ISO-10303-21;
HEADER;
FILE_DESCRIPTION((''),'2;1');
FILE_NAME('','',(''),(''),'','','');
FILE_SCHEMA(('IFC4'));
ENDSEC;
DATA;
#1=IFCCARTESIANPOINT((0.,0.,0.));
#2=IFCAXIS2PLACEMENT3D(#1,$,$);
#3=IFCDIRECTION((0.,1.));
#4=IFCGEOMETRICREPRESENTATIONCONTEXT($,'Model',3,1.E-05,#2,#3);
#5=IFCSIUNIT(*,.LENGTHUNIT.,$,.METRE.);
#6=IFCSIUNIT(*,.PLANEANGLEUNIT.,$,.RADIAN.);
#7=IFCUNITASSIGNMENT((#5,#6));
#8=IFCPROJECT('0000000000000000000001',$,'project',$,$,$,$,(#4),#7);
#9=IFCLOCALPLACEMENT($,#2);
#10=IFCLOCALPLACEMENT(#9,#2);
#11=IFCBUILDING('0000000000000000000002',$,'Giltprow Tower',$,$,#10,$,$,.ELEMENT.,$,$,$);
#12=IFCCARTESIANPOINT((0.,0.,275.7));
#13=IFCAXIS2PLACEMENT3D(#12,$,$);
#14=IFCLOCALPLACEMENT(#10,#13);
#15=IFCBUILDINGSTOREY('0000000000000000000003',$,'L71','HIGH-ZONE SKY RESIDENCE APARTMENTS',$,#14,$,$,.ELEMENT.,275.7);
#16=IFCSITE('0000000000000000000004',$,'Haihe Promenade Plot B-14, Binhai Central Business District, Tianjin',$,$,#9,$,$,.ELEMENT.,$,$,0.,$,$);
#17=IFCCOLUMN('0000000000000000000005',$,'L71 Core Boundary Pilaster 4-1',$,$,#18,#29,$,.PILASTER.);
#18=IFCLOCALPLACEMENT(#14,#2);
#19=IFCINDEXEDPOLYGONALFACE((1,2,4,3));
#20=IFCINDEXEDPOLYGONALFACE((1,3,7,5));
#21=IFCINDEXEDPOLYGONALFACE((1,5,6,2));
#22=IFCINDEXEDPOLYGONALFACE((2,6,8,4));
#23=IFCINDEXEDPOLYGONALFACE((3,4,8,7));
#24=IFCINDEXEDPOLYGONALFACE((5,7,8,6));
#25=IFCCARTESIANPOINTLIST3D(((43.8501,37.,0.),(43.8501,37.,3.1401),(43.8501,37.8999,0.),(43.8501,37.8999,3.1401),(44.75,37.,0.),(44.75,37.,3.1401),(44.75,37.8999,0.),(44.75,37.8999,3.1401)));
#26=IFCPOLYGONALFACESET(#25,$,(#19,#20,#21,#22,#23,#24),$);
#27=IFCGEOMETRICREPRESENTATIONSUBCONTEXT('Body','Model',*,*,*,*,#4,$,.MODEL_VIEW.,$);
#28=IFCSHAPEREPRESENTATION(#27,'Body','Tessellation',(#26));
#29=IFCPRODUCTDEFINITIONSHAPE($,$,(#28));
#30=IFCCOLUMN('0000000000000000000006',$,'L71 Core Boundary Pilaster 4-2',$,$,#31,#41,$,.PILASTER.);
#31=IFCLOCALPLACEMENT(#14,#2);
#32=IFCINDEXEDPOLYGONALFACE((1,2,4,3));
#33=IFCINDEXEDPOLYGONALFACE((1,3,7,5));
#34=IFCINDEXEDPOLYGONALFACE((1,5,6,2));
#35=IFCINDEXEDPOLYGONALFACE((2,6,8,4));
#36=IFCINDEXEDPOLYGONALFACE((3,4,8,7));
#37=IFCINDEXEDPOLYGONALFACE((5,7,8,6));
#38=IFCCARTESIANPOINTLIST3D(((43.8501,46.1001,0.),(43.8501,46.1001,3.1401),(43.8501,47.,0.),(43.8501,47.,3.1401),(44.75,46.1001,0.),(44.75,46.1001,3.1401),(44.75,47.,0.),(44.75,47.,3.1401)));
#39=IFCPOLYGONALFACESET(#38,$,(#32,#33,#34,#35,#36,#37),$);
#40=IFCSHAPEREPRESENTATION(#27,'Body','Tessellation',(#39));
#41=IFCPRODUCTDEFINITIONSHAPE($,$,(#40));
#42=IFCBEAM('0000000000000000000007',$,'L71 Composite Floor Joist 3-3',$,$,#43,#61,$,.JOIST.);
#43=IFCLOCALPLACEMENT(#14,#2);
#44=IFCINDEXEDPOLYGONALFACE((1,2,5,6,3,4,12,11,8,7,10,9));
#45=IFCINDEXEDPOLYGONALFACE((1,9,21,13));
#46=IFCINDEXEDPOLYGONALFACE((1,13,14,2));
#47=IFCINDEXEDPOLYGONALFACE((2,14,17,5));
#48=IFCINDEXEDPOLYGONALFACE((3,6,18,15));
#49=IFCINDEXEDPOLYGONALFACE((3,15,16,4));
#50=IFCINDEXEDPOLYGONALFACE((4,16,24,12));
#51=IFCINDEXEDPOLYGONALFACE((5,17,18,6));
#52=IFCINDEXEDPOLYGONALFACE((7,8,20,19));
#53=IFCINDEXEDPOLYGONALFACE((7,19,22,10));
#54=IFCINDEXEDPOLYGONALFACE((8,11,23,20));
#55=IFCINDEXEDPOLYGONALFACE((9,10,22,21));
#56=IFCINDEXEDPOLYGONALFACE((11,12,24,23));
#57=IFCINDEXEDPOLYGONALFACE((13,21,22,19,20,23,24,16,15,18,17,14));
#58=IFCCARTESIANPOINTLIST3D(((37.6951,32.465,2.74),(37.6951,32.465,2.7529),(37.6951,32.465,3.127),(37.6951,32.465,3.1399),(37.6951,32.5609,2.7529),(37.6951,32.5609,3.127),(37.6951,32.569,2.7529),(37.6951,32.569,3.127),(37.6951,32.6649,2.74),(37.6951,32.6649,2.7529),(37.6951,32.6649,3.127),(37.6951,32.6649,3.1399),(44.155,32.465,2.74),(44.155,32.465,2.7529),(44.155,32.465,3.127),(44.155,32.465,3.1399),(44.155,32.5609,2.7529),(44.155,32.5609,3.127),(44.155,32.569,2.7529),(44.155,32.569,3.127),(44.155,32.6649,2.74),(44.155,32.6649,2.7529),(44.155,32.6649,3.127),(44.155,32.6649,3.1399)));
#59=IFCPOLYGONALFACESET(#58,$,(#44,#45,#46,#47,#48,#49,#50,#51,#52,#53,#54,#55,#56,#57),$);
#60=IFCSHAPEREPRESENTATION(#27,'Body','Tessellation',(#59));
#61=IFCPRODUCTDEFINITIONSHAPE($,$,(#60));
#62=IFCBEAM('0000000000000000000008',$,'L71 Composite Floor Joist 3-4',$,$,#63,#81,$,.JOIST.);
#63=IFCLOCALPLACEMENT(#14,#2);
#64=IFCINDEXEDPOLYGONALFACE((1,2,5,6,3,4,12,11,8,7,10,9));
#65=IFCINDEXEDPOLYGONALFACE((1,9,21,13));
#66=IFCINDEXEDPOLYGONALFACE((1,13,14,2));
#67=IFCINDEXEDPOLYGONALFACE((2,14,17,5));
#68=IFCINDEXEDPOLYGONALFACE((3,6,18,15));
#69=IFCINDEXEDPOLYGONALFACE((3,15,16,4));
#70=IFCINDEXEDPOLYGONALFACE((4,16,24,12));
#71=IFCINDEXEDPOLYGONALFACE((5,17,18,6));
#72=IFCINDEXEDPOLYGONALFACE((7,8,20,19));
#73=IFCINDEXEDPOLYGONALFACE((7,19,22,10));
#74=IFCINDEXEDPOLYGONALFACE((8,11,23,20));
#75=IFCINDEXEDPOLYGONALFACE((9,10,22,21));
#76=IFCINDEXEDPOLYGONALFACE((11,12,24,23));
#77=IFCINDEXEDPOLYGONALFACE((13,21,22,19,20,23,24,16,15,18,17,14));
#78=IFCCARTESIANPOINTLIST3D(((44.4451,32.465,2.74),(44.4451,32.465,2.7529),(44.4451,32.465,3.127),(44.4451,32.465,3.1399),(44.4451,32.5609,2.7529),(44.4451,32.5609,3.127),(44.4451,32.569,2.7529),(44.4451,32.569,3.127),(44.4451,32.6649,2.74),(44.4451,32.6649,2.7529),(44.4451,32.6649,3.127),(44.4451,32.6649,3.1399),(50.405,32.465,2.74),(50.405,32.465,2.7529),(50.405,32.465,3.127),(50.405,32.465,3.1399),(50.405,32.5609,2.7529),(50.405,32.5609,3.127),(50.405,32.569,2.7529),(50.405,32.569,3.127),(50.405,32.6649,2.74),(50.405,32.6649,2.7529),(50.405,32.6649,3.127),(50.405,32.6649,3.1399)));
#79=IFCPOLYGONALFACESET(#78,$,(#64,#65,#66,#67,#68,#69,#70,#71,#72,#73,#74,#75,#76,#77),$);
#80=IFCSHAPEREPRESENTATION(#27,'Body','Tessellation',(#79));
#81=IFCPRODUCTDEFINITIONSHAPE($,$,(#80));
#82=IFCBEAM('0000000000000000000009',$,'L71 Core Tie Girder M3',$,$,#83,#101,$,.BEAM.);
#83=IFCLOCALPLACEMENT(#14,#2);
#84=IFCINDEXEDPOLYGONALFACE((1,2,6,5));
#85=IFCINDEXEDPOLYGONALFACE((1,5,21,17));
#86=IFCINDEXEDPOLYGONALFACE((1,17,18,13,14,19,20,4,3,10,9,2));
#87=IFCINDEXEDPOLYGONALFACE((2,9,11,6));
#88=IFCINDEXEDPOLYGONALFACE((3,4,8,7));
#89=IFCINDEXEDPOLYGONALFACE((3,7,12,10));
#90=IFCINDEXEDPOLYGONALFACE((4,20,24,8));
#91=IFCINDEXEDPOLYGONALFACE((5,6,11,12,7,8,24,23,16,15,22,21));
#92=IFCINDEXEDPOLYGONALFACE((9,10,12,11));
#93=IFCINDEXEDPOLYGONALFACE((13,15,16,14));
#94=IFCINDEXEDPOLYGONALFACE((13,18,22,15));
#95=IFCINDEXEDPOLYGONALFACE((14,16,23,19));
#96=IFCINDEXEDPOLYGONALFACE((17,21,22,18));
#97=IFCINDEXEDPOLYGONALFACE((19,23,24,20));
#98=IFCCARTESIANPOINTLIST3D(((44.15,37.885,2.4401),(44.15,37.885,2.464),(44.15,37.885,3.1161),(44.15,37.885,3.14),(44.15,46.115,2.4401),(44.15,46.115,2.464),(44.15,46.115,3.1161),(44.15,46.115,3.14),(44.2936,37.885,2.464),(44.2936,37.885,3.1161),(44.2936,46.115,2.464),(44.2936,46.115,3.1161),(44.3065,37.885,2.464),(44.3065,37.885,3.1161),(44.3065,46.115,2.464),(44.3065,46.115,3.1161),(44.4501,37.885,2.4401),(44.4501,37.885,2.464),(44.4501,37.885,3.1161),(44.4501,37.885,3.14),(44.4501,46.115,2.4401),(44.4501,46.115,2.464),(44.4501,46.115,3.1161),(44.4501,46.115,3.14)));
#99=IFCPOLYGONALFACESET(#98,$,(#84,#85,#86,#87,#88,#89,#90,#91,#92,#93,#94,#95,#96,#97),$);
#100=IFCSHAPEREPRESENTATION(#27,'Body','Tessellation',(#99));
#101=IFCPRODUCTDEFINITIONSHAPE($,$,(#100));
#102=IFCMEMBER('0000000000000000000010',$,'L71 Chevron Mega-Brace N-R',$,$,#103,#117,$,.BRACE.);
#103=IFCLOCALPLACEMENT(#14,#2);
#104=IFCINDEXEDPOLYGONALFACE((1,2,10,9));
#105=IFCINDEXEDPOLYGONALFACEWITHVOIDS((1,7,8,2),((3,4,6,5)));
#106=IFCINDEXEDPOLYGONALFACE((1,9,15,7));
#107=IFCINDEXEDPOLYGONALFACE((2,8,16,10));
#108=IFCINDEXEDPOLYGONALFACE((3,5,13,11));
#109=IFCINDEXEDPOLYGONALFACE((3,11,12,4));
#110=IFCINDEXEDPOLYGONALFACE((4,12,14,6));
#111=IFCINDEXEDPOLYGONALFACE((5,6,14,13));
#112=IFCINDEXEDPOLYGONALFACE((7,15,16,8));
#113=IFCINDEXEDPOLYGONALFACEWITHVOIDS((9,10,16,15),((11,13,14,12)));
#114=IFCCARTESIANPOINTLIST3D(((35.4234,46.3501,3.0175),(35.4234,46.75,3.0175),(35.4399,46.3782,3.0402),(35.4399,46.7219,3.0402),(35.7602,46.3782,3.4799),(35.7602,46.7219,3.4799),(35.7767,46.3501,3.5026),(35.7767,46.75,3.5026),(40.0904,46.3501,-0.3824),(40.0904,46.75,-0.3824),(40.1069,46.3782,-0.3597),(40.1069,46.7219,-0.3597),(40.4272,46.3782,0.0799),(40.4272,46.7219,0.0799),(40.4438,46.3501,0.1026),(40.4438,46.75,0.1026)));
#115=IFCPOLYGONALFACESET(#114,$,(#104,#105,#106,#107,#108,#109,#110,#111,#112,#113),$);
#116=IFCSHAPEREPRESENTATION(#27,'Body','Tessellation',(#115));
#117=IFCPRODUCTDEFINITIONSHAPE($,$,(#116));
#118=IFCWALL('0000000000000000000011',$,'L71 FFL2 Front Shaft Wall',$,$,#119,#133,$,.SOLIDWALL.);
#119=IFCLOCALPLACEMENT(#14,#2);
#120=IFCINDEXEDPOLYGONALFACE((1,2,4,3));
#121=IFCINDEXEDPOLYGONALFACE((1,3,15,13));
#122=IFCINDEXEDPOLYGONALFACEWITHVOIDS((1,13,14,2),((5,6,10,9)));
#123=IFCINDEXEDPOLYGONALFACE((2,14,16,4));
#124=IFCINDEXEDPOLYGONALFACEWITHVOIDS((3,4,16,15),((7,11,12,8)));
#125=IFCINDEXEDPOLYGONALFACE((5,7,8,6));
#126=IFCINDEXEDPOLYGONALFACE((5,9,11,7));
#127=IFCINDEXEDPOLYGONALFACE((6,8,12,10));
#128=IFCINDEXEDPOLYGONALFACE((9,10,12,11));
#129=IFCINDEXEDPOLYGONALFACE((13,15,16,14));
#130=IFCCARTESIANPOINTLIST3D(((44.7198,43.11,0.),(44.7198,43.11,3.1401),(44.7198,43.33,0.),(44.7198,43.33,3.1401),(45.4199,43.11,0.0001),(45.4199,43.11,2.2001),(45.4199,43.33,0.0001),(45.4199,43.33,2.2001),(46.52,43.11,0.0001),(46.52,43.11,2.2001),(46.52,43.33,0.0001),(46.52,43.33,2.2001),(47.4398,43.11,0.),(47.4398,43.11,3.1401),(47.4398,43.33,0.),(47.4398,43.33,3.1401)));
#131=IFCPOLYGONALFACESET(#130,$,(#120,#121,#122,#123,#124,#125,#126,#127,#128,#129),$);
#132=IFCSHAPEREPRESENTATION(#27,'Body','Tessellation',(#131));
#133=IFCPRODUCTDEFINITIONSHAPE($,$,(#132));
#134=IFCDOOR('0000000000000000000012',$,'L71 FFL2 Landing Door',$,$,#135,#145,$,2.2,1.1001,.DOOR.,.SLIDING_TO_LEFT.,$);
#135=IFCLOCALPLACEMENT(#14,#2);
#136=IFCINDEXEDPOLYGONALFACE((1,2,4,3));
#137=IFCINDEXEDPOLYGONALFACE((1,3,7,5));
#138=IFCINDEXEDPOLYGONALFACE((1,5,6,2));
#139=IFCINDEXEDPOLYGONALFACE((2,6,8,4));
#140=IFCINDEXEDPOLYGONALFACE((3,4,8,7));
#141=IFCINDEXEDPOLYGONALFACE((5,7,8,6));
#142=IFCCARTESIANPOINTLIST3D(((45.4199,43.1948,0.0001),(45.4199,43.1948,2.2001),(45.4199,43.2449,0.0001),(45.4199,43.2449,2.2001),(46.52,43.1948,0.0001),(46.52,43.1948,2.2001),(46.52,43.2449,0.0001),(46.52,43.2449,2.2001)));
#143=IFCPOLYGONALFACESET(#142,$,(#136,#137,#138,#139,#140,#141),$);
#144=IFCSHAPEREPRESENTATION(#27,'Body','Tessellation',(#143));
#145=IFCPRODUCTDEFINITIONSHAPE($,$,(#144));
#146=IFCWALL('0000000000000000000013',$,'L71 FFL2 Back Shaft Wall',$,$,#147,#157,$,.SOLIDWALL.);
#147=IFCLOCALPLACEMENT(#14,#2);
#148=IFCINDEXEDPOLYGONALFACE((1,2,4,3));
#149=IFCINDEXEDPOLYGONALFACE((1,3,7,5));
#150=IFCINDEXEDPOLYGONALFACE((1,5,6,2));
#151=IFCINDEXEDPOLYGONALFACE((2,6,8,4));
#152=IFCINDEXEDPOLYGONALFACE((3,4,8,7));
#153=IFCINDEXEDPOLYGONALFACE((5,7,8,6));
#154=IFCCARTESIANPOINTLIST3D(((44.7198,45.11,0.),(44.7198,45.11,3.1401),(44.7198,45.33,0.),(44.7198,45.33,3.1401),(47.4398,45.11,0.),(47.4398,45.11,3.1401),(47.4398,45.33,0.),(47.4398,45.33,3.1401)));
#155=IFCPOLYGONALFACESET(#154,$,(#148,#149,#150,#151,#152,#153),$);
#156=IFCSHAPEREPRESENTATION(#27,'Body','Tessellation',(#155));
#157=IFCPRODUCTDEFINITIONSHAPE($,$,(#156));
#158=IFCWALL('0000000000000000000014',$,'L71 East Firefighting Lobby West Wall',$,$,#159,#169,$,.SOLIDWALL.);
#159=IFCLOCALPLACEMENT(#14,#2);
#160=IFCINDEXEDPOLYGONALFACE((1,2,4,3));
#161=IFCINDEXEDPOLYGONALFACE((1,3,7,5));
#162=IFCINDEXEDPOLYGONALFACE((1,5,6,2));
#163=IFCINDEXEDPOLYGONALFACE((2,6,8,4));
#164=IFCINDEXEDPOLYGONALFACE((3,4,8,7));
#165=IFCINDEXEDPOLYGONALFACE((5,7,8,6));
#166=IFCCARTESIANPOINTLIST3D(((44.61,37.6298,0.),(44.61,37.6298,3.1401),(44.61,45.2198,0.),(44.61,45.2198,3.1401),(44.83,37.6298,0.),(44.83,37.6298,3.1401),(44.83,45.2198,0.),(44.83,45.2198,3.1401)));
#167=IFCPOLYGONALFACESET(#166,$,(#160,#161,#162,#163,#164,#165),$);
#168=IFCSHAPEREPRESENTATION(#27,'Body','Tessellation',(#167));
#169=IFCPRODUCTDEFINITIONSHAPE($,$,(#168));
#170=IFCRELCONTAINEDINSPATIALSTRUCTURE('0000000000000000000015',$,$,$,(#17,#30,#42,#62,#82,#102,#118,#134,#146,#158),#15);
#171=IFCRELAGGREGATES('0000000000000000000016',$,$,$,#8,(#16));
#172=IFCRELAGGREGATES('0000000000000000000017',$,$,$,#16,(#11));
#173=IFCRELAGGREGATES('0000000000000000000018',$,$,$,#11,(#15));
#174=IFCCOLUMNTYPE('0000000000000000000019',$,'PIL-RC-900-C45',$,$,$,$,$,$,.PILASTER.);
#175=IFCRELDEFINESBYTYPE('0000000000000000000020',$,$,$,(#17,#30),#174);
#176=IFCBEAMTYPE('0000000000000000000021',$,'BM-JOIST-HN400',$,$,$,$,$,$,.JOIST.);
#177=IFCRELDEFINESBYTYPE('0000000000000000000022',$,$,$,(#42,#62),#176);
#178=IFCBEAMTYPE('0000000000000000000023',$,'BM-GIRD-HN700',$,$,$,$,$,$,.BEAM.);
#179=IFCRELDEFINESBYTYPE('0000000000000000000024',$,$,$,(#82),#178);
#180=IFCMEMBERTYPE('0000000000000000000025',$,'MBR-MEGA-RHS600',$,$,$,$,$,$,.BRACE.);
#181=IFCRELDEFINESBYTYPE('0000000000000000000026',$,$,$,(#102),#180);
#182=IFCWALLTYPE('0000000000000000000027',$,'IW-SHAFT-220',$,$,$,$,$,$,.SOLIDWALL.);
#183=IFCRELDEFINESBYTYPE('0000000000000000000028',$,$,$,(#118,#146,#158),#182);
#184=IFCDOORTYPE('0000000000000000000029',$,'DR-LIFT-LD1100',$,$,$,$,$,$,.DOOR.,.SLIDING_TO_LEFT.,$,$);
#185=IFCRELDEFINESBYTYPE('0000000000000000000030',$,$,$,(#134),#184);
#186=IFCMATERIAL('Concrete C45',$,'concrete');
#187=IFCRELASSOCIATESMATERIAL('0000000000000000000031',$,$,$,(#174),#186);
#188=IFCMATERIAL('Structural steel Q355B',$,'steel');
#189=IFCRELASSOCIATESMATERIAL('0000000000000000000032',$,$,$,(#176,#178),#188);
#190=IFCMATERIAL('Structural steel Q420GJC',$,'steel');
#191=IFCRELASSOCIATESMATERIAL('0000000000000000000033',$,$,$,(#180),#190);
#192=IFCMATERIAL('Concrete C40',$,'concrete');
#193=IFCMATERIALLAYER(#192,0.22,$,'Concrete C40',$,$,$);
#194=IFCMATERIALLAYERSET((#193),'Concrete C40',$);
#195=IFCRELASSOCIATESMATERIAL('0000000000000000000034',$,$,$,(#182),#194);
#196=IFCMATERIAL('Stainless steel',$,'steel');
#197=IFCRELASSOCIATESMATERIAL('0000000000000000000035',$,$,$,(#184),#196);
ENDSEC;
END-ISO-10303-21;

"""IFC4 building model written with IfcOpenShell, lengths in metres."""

from ifc_helpers import new_model, si_unit, direction, frame, frame_2d, origin, origin_2d, place, context, subcontext, project, spatial, rectangle, hollow_rectangle, i_section, extrude, source, transform, mapped, material, layer, layer_set, material_profile, profile_set, type_object, element, fill, save


model = new_model("IFC4")

# Units and contexts
model_context = context("Model", 3, precision=1e-05, world=origin(), true_north=direction((0.0, 1.0)))
body_context = subcontext(model_context, "Body", "Model", "MODEL_VIEW")
ifc_project = project(units=[si_unit("LENGTHUNIT", "METRE"), si_unit("PLANEANGLEUNIT", "RADIAN")], contexts=[model_context])

# Site, building, storey
site_placement = place(None, origin())
site = spatial("IfcSite", under=ifc_project, at=site_placement, Name="Haihe Promenade Plot B-14, Binhai Central Business District, Tianjin", CompositionType="ELEMENT", RefElevation=0.0)
building_placement = place(site_placement, origin())
building = spatial("IfcBuilding", under=site, at=building_placement, Name="Giltprow Tower", CompositionType="ELEMENT")
storey_placement = place(building_placement, frame((0.0, 0.0, 275.7)))
storey = spatial("IfcBuildingStorey", under=building, at=storey_placement, Name="L71", Description="HIGH-ZONE SKY RESIDENCE APARTMENTS", CompositionType="ELEMENT", Elevation=275.7)

# Columns
ifc_material_1 = material(Name="Concrete C45", Category="concrete")
ifc_material_profile_1 = material_profile(ifc_material_1, rectangle(XDim=0.8999, YDim=0.8999, at=origin_2d()), Name="RC 900x900")
ifc_profile_set_1 = profile_set([ifc_material_profile_1], Name="Concrete C45")
column_type = type_object("IfcColumnType", Name="PIL-RC-900-C45", PredefinedType="PILASTER", material=ifc_profile_set_1)
shared_shape_1 = source(origin(), body_context, "Body", "SweptSolid", [
    extrude(rectangle(XDim=0.8999, YDim=0.8999, at=origin_2d()), origin(), (0.0, 0.0, 1.0), 3.1401),
])
for number, where, z_axis, x_axis, name in (
    (1, (44.3, 37.45, 0.0), (0.0, 0.0, 1.0), (1.0, 0.0, 0.0), "L71 Core Boundary Pilaster 4-1"),
    (2, (44.3, 46.55, 0.0), (0.0, 0.0, 1.0), (1.0, 0.0, 0.0), "L71 Core Boundary Pilaster 4-2"),
):
    element("IfcColumn", number, at=place(storey_placement, frame(where, z_axis=z_axis, x_axis=x_axis)), inside=storey, type_object=column_type, Name=name, PredefinedType="PILASTER", context=body_context, shape_type="MappedRepresentation", body=[
        mapped(shared_shape_1, transform((0.0, 0.0, 0.0), x_axis=(1.0, 0.0, 0.0), y_axis=(0.0, 1.0, 0.0), z_axis=(0.0, 0.0, 1.0), scale=1.0)),
    ])

# Beams
ifc_material_2 = material(Name="Structural steel Q355B", Category="steel")
ifc_material_profile_2 = material_profile(ifc_material_2, i_section(OverallWidth=0.2, OverallDepth=0.3999, WebThickness=0.0081, FlangeThickness=0.0129, at=origin_2d()), Name="HN 400x200x8x13")
ifc_profile_set_2 = profile_set([ifc_material_profile_2], Name="Structural steel Q355B")
beam_type_1 = type_object("IfcBeamType", Name="BM-JOIST-HN400", PredefinedType="JOIST", material=ifc_profile_set_2)
shared_shape_2 = source(origin(), body_context, "Body", "SweptSolid", [
    extrude(i_section(OverallWidth=0.2, OverallDepth=0.3999, WebThickness=0.0081, FlangeThickness=0.0129, at=origin_2d()), origin(), (0.0, 0.0, 1.0), 6.46),
])
beam_1_placement = place(storey_placement, frame((37.6951, 32.5649, 2.9399), z_axis=(1.0, 0.0, 0.0), x_axis=(0.0, 1.0, 0.0)))
element("IfcBeam", 3, at=beam_1_placement, inside=storey, type_object=beam_type_1, Name="L71 Composite Floor Joist 3-3", PredefinedType="JOIST", context=body_context, shape_type="MappedRepresentation", body=[
    mapped(shared_shape_2, transform((0.0, 0.0, 0.0), x_axis=(1.0, 0.0, 0.0), y_axis=(0.0, 1.0, 0.0), z_axis=(0.0, 0.0, 1.0), scale=1.0)),
])
shared_shape_3 = source(origin(), body_context, "Body", "SweptSolid", [
    extrude(i_section(OverallWidth=0.2, OverallDepth=0.3999, WebThickness=0.0081, FlangeThickness=0.0129, at=origin_2d()), origin(), (0.0, 0.0, 1.0), 5.96),
])
beam_2_placement = place(storey_placement, frame((44.4451, 32.5649, 2.9399), z_axis=(1.0, 0.0, 0.0), x_axis=(0.0, 1.0, 0.0)))
element("IfcBeam", 4, at=beam_2_placement, inside=storey, type_object=beam_type_1, Name="L71 Composite Floor Joist 3-4", PredefinedType="JOIST", context=body_context, shape_type="MappedRepresentation", body=[
    mapped(shared_shape_3, transform((0.0, 0.0, 0.0), x_axis=(1.0, 0.0, 0.0), y_axis=(0.0, 1.0, 0.0), z_axis=(0.0, 0.0, 1.0), scale=1.0)),
])
ifc_material_profile_3 = material_profile(ifc_material_2, i_section(OverallWidth=0.3, OverallDepth=0.7, WebThickness=0.0129, FlangeThickness=0.0239, at=origin_2d()), Name="HN 700x300x13x24")
ifc_profile_set_3 = profile_set([ifc_material_profile_3], Name="Structural steel Q355B")
beam_type_2 = type_object("IfcBeamType", Name="BM-GIRD-HN700", PredefinedType="BEAM", material=ifc_profile_set_3)
shared_shape_4 = source(origin(), body_context, "Body", "SweptSolid", [
    extrude(i_section(OverallWidth=0.3, OverallDepth=0.7, WebThickness=0.0129, FlangeThickness=0.0239, at=origin_2d()), origin(), (0.0, 0.0, 1.0), 8.23),
])
beam_3_placement = place(storey_placement, frame((44.3, 37.885, 2.79), z_axis=(0.0, 1.0, 0.0), x_axis=(-1.0, 0.0, 0.0)))
element("IfcBeam", 5, at=beam_3_placement, inside=storey, type_object=beam_type_2, Name="L71 Core Tie Girder M3", PredefinedType="BEAM", context=body_context, shape_type="MappedRepresentation", body=[
    mapped(shared_shape_4, transform((0.0, 0.0, 0.0), x_axis=(1.0, 0.0, 0.0), y_axis=(0.0, 1.0, 0.0), z_axis=(0.0, 0.0, 1.0), scale=1.0)),
])

# Member
ifc_material_3 = material(Name="Structural steel Q420GJC", Category="steel")
ifc_material_profile_4 = material_profile(ifc_material_3, hollow_rectangle(XDim=0.3999, YDim=0.6001, WallThickness=0.0281, at=origin_2d()), Name="RHS 600x400x28")
ifc_profile_set_4 = profile_set([ifc_material_profile_4], Name="Structural steel Q420GJC")
member_type = type_object("IfcMemberType", Name="MBR-MEGA-RHS600", PredefinedType="BRACE", material=ifc_profile_set_4)
shared_shape_5 = source(origin(), body_context, "Body", "SweptSolid", [
    extrude(hollow_rectangle(XDim=0.3999, YDim=0.6001, WallThickness=0.0281, at=origin_2d()), origin(), (0.0, 0.0, 1.0), 5.7742),
])
member_placement = place(storey_placement, frame((40.2671, 46.55, -0.1399), z_axis=(-0.808264, 0.0, 0.58882), x_axis=(0.0, -1.0, 0.0)))
element("IfcMember", 6, at=member_placement, inside=storey, type_object=member_type, Name="L71 Chevron Mega-Brace N-R", PredefinedType="BRACE", context=body_context, shape_type="MappedRepresentation", body=[
    mapped(shared_shape_5, transform((0.0, 0.0, 0.0), x_axis=(1.0, 0.0, 0.0), y_axis=(0.0, 1.0, 0.0), z_axis=(0.0, 0.0, 1.0), scale=1.0)),
])

# Wall, opening, door
ifc_material_4 = material(Name="Concrete C40", Category="concrete")
ifc_layer_1 = layer(ifc_material_4, 0.22, Name="Concrete C40")
ifc_layer_set_1 = layer_set([ifc_layer_1], Name="Concrete C40")
wall_type_1 = type_object("IfcWallType", Name="IW-SHAFT-220", PredefinedType="SOLIDWALL", material=ifc_layer_set_1)
wall_1_placement = place(storey_placement, frame((44.72, 43.22, 0.0), z_axis=(0.0, 0.0, 1.0), x_axis=(1.0, 0.0, 0.0)))
wall_1 = element("IfcWall", 7, at=wall_1_placement, inside=storey, type_object=wall_type_1, Name="L71 FFL2 Front Shaft Wall", PredefinedType="SOLIDWALL", context=body_context, shape_type="SweptSolid", body=[
    extrude(rectangle(XDim=2.72, YDim=0.22, at=frame_2d((1.3599, 0.0))), origin(), (0.0, 0.0, 1.0), 3.1401),
])
opening_1_placement = place(wall_1_placement, frame((0.7, 0.0, 0.0)))
opening_1 = element("IfcOpeningElement", 8, at=opening_1_placement, cuts=wall_1, PredefinedType="OPENING", context=body_context, shape_type="SweptSolid", body=[
    extrude(rectangle(XDim=1.1001, YDim=2.2, at=frame_2d((0.55, 1.1001))), frame((0.0, 0.1199, 0.0), z_axis=(0.0, -1.0, 0.0), x_axis=(1.0, 0.0, 0.0)), (0.0, 0.0, 1.0), 0.24),
])
ifc_material_5 = material(Name="Stainless steel", Category="steel")
door_type_1 = type_object("IfcDoorType", Name="DR-LIFT-LD1100", OperationType="SLIDING_TO_LEFT", PredefinedType="DOOR", material=ifc_material_5)
shared_shape_6 = source(origin(), body_context, "Body", "SweptSolid", [
    extrude(rectangle(XDim=1.1001, YDim=2.2, at=frame_2d((0.55, 1.1001))), frame((0.0, 0.0249, 0.0), z_axis=(0.0, -1.0, 0.0), x_axis=(1.0, 0.0, 0.0)), (0.0, 0.0, 1.0), 0.05),
])
door_1_placement = place(opening_1_placement, origin())
door_1 = element("IfcDoor", 9, at=door_1_placement, inside=storey, type_object=door_type_1, Name="L71 FFL2 Landing Door", OperationType="SLIDING_TO_LEFT", OverallHeight=2.2, OverallWidth=1.1001, PredefinedType="DOOR", context=body_context, shape_type="MappedRepresentation", body=[
    mapped(shared_shape_6, transform((0.0, 0.0, 0.0), x_axis=(1.0, 0.0, 0.0), y_axis=(0.0, 1.0, 0.0), z_axis=(0.0, 0.0, 1.0), scale=1.0)),
])
fill(opening_1, door_1)

# Walls
wall_2_placement = place(storey_placement, frame((44.72, 45.22, 0.0), z_axis=(0.0, 0.0, 1.0), x_axis=(1.0, 0.0, 0.0)))
element("IfcWall", 10, at=wall_2_placement, inside=storey, type_object=wall_type_1, Name="L71 FFL2 Back Shaft Wall", PredefinedType="SOLIDWALL", context=body_context, shape_type="SweptSolid", body=[
    extrude(rectangle(XDim=2.72, YDim=0.22, at=frame_2d((1.3599, 0.0))), origin(), (0.0, 0.0, 1.0), 3.1401),
])
wall_3_placement = place(storey_placement, frame((44.72, 37.6299, 0.0), z_axis=(0.0, 0.0, 1.0), x_axis=(0.0, 1.0, 0.0)))
element("IfcWall", 11, at=wall_3_placement, inside=storey, type_object=wall_type_1, Name="L71 East Firefighting Lobby West Wall", PredefinedType="SOLIDWALL", context=body_context, shape_type="SweptSolid", body=[
    extrude(rectangle(XDim=7.5901, YDim=0.22, at=frame_2d((3.7949, 0.0))), origin(), (0.0, 0.0, 1.0), 3.1401),
])

save(model, "model.ifc")
